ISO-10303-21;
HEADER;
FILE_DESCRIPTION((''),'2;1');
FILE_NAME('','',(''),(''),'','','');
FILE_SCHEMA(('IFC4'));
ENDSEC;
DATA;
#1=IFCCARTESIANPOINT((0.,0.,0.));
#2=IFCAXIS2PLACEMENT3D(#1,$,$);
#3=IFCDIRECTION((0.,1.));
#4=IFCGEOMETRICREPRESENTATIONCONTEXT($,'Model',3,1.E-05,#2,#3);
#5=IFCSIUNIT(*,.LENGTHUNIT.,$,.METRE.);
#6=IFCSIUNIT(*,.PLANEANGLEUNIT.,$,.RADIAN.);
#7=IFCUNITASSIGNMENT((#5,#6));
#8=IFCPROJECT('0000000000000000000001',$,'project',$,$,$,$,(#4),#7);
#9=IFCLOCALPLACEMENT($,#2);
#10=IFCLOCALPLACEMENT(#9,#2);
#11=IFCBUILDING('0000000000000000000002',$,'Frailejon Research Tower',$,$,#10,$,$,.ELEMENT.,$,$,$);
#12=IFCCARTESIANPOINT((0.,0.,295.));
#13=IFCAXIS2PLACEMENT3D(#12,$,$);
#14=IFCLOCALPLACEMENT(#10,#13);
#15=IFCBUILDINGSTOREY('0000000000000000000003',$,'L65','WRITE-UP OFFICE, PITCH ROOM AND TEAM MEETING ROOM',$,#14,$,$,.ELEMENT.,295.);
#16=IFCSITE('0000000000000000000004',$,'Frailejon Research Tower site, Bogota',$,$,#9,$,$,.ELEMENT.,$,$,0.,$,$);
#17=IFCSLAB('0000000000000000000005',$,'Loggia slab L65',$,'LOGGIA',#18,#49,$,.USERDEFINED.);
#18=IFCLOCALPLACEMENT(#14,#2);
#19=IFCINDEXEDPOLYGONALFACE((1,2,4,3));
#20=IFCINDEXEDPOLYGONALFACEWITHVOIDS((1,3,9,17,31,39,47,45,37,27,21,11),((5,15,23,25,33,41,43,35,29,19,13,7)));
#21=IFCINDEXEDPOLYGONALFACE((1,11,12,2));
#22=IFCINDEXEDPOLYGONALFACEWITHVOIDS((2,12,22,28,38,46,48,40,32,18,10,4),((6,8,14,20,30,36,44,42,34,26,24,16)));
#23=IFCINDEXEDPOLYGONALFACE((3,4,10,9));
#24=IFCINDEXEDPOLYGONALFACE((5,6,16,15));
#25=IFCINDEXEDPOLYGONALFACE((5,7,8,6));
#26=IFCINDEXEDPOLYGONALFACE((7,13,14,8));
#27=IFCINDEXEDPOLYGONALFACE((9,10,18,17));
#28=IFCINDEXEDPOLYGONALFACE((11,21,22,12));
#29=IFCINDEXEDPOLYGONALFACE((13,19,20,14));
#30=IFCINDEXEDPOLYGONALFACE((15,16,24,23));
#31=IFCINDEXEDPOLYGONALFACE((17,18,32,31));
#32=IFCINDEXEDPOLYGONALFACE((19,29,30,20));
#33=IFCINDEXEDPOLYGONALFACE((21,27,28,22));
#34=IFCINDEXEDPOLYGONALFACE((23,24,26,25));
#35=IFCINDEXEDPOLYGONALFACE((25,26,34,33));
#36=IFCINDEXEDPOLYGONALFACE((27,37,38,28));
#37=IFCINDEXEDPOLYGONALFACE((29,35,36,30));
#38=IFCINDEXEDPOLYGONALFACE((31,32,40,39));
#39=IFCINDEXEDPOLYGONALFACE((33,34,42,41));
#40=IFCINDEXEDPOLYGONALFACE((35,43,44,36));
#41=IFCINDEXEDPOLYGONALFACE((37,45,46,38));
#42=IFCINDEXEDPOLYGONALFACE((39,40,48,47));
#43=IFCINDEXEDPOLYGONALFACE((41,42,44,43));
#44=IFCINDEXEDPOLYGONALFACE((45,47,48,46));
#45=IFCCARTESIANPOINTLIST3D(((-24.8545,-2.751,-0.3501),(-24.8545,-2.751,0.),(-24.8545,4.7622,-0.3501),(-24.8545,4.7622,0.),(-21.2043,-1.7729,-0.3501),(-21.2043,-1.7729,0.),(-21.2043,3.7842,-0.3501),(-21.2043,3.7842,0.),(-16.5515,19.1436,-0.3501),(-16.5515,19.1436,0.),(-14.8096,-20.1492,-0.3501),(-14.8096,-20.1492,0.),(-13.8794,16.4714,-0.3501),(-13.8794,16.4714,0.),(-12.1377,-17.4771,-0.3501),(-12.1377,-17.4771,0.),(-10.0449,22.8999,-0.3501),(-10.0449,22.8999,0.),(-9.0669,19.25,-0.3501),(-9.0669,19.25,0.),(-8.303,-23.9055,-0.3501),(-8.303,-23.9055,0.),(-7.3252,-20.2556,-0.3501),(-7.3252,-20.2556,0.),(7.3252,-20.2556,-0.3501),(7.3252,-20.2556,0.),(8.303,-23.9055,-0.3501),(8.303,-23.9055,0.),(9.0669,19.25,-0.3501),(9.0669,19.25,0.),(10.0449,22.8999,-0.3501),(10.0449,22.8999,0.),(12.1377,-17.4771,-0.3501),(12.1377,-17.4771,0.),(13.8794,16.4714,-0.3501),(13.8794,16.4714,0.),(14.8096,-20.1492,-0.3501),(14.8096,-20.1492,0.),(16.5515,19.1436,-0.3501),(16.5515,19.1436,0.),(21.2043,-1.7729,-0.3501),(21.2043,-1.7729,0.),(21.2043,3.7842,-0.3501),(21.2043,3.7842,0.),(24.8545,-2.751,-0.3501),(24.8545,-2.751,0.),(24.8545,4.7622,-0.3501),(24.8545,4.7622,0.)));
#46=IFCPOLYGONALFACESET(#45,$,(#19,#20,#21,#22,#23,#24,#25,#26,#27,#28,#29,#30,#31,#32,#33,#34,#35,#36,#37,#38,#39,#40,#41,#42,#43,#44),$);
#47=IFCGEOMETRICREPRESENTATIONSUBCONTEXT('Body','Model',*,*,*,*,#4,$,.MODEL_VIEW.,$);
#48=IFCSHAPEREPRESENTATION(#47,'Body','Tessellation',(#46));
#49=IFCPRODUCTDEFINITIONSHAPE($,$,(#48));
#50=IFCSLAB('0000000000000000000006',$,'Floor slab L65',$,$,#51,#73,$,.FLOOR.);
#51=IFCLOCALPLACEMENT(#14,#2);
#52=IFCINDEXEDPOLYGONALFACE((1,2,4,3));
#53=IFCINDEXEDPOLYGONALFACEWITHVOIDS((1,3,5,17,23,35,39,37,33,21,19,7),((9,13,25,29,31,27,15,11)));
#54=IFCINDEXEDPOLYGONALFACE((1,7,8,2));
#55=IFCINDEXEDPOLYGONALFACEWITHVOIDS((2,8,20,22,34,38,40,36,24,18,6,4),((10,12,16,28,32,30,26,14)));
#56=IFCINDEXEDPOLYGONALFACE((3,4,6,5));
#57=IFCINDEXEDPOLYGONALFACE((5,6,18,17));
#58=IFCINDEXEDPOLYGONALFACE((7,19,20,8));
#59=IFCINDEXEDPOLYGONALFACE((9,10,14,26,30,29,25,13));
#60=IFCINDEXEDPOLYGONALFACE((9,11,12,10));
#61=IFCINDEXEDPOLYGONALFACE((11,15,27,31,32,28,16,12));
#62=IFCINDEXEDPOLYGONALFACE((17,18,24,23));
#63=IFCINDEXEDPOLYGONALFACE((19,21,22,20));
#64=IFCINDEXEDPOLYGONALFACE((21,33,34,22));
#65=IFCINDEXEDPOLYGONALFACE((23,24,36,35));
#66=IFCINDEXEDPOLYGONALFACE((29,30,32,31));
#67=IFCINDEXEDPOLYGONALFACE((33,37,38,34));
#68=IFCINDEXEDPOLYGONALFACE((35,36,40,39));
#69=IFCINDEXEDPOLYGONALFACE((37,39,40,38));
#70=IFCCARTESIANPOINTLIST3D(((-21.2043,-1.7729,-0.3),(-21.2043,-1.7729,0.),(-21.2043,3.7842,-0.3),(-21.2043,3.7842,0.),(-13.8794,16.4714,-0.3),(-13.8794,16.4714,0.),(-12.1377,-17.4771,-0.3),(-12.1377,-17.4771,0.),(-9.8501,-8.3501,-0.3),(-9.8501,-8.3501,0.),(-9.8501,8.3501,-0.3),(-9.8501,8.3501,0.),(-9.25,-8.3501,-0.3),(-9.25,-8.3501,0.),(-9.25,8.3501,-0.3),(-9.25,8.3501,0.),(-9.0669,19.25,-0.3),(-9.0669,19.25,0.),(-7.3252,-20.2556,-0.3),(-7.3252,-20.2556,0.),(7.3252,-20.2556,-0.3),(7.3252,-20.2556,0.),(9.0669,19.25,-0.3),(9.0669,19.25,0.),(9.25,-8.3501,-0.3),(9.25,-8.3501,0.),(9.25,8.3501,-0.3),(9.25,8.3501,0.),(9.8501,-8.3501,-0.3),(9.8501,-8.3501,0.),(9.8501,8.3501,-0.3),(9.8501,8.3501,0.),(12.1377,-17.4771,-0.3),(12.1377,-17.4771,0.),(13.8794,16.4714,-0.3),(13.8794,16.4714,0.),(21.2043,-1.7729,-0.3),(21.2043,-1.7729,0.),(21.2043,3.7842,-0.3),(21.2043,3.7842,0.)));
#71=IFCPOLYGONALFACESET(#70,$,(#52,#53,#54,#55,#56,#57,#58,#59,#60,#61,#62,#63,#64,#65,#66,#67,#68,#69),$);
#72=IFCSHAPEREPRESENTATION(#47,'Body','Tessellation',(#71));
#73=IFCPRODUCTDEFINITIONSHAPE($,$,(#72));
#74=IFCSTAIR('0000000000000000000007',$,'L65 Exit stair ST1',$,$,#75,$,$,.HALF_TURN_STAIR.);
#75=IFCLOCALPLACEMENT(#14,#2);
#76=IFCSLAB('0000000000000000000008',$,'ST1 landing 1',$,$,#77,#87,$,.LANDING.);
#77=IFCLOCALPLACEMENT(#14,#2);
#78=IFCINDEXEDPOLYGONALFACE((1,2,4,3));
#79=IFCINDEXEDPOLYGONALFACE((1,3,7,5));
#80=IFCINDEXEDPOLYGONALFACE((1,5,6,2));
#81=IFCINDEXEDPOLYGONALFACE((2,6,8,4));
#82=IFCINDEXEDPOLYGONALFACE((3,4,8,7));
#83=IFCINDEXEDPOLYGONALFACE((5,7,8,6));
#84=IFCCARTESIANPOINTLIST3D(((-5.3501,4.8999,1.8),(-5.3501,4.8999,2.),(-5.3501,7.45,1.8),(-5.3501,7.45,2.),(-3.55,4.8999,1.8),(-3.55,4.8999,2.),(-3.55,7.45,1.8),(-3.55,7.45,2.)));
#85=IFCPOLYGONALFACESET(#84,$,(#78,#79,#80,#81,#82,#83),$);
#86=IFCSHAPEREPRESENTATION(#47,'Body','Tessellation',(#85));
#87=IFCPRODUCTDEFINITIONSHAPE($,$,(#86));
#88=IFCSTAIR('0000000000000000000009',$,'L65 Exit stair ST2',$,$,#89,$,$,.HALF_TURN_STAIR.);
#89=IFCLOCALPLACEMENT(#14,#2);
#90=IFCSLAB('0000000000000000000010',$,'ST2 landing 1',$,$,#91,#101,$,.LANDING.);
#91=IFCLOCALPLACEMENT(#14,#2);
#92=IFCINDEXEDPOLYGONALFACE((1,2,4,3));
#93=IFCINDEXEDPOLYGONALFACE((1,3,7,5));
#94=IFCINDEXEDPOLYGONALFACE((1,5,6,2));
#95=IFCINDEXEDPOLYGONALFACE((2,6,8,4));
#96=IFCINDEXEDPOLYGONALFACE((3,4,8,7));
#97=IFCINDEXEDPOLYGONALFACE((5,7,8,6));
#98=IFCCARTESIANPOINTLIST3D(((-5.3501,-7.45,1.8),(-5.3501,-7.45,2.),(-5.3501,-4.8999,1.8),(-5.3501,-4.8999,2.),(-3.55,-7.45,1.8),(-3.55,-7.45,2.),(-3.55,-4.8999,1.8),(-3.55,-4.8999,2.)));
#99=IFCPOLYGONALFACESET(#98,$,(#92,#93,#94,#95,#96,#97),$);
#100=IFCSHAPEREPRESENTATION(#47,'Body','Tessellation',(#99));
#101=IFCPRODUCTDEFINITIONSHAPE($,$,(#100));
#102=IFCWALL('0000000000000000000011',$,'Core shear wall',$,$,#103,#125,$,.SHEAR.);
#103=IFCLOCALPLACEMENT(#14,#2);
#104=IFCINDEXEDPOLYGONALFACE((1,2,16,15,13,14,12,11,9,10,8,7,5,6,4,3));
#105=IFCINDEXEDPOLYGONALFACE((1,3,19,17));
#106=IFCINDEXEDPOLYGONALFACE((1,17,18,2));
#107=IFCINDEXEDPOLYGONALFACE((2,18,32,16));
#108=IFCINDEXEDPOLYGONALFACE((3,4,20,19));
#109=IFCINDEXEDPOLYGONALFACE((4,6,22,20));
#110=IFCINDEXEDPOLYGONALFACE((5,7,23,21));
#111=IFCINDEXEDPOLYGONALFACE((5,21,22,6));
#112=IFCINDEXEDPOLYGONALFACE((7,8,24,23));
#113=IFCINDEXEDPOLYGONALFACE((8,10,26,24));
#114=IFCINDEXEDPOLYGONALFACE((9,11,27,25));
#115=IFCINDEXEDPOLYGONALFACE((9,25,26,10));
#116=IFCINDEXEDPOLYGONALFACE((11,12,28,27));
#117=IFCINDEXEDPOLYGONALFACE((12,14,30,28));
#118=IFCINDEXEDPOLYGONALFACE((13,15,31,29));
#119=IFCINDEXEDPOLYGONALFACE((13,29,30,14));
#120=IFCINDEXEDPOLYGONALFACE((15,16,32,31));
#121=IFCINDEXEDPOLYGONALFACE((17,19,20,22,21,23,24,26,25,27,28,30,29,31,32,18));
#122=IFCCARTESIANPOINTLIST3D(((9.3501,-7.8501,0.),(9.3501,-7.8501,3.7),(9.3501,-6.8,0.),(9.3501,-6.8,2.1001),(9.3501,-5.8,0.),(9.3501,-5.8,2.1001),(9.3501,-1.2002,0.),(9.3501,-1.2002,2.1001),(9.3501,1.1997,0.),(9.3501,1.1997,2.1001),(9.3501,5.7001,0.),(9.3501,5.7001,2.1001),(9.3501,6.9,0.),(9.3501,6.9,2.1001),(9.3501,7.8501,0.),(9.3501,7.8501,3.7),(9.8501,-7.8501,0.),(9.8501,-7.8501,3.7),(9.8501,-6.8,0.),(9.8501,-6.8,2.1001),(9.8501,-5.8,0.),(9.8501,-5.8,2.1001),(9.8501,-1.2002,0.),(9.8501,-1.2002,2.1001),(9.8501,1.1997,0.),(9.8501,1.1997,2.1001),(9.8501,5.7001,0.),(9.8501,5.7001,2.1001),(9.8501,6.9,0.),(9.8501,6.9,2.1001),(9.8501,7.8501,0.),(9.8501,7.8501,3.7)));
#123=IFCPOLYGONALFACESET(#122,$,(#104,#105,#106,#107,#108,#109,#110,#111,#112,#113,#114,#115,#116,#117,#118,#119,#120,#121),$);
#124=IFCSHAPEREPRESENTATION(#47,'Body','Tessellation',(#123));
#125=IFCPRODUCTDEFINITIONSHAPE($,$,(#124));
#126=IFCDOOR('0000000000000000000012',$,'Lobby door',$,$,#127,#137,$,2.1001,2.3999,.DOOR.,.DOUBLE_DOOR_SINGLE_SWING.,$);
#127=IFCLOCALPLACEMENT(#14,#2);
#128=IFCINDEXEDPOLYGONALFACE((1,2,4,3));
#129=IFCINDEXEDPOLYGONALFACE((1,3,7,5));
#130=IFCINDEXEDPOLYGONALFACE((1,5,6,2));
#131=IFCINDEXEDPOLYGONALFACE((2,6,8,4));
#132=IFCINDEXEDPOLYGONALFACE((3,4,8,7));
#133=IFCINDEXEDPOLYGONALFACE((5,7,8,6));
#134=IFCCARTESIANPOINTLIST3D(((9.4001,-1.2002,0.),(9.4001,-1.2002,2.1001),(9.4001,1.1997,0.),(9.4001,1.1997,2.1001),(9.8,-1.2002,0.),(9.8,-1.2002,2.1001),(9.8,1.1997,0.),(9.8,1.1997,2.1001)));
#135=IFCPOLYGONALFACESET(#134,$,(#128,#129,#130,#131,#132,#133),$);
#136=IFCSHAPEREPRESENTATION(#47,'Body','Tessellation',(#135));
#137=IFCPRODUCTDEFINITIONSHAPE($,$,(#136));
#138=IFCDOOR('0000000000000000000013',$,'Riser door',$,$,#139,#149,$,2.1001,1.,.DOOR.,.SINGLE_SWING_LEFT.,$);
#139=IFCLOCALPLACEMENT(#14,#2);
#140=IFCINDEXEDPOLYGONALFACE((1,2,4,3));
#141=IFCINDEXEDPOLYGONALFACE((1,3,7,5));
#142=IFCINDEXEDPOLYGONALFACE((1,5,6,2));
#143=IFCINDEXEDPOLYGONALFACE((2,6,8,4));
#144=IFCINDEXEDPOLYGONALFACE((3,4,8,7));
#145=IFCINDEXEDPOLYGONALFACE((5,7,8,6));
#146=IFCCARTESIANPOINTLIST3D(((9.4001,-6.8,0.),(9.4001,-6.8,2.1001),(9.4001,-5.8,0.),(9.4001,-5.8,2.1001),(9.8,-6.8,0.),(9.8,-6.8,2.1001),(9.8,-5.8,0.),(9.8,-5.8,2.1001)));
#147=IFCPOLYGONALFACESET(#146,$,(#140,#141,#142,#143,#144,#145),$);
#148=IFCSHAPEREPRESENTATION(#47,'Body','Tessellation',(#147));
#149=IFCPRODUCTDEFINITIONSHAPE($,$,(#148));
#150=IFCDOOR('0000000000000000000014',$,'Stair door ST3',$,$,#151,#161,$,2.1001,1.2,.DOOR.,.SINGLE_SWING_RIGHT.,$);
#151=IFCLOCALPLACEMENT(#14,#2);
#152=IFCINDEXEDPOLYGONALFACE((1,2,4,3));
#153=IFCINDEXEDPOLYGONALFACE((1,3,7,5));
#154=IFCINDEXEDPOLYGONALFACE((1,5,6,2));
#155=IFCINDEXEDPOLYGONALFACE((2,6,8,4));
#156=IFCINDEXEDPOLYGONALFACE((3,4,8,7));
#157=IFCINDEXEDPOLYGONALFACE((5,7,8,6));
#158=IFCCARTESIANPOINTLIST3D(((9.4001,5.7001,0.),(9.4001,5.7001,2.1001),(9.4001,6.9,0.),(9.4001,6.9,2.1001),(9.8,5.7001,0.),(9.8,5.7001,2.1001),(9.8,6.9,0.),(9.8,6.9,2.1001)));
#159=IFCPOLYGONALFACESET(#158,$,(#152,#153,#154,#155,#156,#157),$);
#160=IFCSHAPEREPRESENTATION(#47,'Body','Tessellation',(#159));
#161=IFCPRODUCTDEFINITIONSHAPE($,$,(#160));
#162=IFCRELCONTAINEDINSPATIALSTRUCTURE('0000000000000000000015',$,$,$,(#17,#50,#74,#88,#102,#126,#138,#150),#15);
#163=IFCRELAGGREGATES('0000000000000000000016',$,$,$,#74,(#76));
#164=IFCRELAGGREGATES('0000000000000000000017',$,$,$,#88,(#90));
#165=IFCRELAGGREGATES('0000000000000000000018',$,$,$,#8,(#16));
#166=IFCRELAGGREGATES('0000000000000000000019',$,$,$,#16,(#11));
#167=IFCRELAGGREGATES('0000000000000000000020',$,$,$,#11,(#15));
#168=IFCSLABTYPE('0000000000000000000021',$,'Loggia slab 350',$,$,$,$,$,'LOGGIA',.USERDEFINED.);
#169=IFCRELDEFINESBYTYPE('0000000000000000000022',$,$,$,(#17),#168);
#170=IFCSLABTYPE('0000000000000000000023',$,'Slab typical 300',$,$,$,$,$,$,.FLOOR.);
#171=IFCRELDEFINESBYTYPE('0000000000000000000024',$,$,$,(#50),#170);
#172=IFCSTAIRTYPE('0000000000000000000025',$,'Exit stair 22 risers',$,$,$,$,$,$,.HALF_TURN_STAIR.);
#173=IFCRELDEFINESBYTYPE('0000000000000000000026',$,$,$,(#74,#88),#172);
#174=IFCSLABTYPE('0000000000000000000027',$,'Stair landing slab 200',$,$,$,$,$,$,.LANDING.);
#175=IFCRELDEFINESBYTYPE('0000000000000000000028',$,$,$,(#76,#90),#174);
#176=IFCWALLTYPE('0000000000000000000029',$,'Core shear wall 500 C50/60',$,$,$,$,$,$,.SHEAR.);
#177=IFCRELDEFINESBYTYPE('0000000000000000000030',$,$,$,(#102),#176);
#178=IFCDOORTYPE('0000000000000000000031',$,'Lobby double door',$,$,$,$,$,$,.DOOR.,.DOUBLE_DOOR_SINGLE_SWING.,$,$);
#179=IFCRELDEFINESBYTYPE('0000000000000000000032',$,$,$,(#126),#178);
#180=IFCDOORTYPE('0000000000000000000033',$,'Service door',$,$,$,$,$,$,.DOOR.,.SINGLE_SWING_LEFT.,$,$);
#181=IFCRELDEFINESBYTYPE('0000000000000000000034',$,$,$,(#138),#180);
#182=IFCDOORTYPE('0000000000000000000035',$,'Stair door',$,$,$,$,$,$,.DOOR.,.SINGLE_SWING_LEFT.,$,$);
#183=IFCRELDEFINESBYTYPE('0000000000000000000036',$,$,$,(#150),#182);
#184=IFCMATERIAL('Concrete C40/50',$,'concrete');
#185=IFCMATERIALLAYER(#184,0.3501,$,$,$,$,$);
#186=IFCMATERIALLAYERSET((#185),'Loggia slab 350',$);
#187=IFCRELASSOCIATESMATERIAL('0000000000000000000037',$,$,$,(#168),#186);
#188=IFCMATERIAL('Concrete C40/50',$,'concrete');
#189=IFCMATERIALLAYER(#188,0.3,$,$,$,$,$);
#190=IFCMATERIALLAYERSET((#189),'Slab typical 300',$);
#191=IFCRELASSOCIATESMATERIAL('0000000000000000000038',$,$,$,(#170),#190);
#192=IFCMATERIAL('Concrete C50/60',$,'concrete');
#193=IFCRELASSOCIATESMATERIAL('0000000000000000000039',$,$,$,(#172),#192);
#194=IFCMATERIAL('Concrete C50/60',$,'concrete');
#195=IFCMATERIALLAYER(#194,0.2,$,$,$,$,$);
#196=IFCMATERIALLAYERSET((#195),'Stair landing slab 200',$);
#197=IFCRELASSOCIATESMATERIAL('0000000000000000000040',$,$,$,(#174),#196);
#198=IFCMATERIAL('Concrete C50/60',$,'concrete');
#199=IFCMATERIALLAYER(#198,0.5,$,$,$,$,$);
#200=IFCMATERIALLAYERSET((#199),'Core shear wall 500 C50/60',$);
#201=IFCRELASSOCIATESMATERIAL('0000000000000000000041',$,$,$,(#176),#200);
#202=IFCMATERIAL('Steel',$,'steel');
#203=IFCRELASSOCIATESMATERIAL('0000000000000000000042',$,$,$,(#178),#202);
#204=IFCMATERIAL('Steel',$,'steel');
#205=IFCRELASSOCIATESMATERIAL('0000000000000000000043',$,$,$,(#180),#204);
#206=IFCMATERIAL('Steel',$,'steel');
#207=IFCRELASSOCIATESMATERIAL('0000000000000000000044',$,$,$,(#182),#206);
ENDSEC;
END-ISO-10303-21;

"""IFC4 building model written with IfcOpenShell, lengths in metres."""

from ifc_helpers import new_model, si_unit, direction, frame, frame_2d, origin, place, context, subcontext, project, spatial, polyline, rectangle, outline, extrude, material, layer, layer_set, type_object, element, fill, aggregate, save


model = new_model("IFC4")

# Units and contexts
model_context = context("Model", 3, precision=1e-05, world=origin(), true_north=direction((0.0, 1.0)))
body_context = subcontext(model_context, "Body", "Model", "MODEL_VIEW")
ifc_project = project(units=[si_unit("LENGTHUNIT", "METRE"), si_unit("PLANEANGLEUNIT", "RADIAN")], contexts=[model_context])

# Site, building, storey
site_placement = place(None, origin())
site = spatial("IfcSite", under=ifc_project, at=site_placement, Name="Frailejon Research Tower site, Bogota", CompositionType="ELEMENT", RefElevation=0.0)
building_placement = place(site_placement, origin())
building = spatial("IfcBuilding", under=site, at=building_placement, Name="Frailejon Research Tower", CompositionType="ELEMENT")
storey_placement = place(building_placement, frame((0.0, 0.0, 295.0)))
storey = spatial("IfcBuildingStorey", under=building, at=storey_placement, Name="L65", Description="WRITE-UP OFFICE, PITCH ROOM AND TEAM MEETING ROOM", CompositionType="ELEMENT", Elevation=295.0)

# Slabs
ifc_material_1 = material(Name="Concrete C40/50", Category="concrete")
ifc_layer_1 = layer(ifc_material_1, 0.3501)
ifc_layer_set_1 = layer_set([ifc_layer_1], Name="Loggia slab 350")
slab_type_1 = type_object("IfcSlabType", Name="Loggia slab 350", ElementType="LOGGIA", PredefinedType="USERDEFINED", material=ifc_layer_set_1)
slab_1_placement = place(storey_placement, frame((0.0, 0.0, -0.3501)))
element("IfcSlab", 1, at=slab_1_placement, inside=storey, type_object=slab_type_1, Name="Loggia slab L65", ObjectType="LOGGIA", PredefinedType="USERDEFINED", context=body_context, shape_type="SweptSolid", body=[
    extrude(outline(polyline([(14.8096, -20.1492), (8.303, -23.9055), (-8.303, -23.9055), (-14.8096, -20.1492), (-24.8545, -2.751), (-24.8545, 4.7622), (-16.5515, 19.1436), (-10.0449, 22.8999), (10.0449, 22.8999), (16.5515, 19.1436), (24.8545, 4.7622), (24.8545, -2.751), (14.8096, -20.1492)]), holes=[polyline([(21.2043, 3.7842), (13.8794, 16.4714), (9.0669, 19.25), (-9.0669, 19.25), (-13.8794, 16.4714), (-21.2043, 3.7842), (-21.2043, -1.7729), (-12.1377, -17.4771), (-7.3252, -20.2556), (7.3252, -20.2556), (12.1377, -17.4771), (21.2043, -1.7729), (21.2043, 3.7842)])]), origin(), (0.0, 0.0, 1.0), 0.3501),
])
ifc_material_2 = material(Name="Concrete C40/50", Category="concrete")
ifc_layer_2 = layer(ifc_material_2, 0.3)
ifc_layer_set_2 = layer_set([ifc_layer_2], Name="Slab typical 300")
slab_type_2 = type_object("IfcSlabType", Name="Slab typical 300", PredefinedType="FLOOR", material=ifc_layer_set_2)
slab_2_placement = place(storey_placement, frame((0.0, 0.0, -0.3)))
element("IfcSlab", 2, at=slab_2_placement, inside=storey, type_object=slab_type_2, Name="Floor slab L65", PredefinedType="FLOOR", context=body_context, shape_type="SweptSolid", body=[
    extrude(outline(polyline([(21.2043, -1.7729), (21.2043, 3.7842), (13.8794, 16.4714), (9.0669, 19.25), (-9.0669, 19.25), (-13.8794, 16.4714), (-21.2043, 3.7842), (-21.2043, -1.7729), (-12.1377, -17.4771), (-7.3252, -20.2556), (7.3252, -20.2556), (12.1377, -17.4771), (21.2043, -1.7729)]), holes=[polyline([(9.25, 8.3501), (9.8501, 8.3501), (9.8501, -8.3501), (9.25, -8.3501), (-9.25, -8.3501), (-9.8501, -8.3501), (-9.8501, 8.3501), (-9.25, 8.3501), (9.25, 8.3501)])]), origin(), (0.0, 0.0, 1.0), 0.3),
])

# Stairs, slabs
ifc_material_3 = material(Name="Concrete C50/60", Category="concrete")
stair_type = type_object("IfcStairType", Name="Exit stair 22 risers", PredefinedType="HALF_TURN_STAIR", material=ifc_material_3)
stair_1_placement = place(storey_placement, origin())
stair_1 = element("IfcStair", 3, at=stair_1_placement, inside=storey, type_object=stair_type, Name="L65 Exit stair ST1", PredefinedType="HALF_TURN_STAIR")
ifc_material_4 = material(Name="Concrete C50/60", Category="concrete")
ifc_layer_3 = layer(ifc_material_4, 0.2)
ifc_layer_set_3 = layer_set([ifc_layer_3], Name="Stair landing slab 200")
slab_type_3 = type_object("IfcSlabType", Name="Stair landing slab 200", PredefinedType="LANDING", material=ifc_layer_set_3)
slab_3_placement = place(storey_placement, frame((0.0, 0.0, 1.8)))
slab_3 = element("IfcSlab", 4, at=slab_3_placement, type_object=slab_type_3, Name="ST1 landing 1", PredefinedType="LANDING", context=body_context, shape_type="SweptSolid", body=[
    extrude(outline(polyline([(-5.3501, 4.8999), (-3.55, 4.8999), (-3.55, 7.45), (-5.3501, 7.45), (-5.3501, 4.8999)])), origin(), (0.0, 0.0, 1.0), 0.2),
])
aggregate(stair_1, [slab_3])
stair_2_placement = place(storey_placement, origin())
stair_2 = element("IfcStair", 5, at=stair_2_placement, inside=storey, type_object=stair_type, Name="L65 Exit stair ST2", PredefinedType="HALF_TURN_STAIR")
slab_4_placement = place(storey_placement, frame((0.0, 0.0, 1.8)))
slab_4 = element("IfcSlab", 6, at=slab_4_placement, type_object=slab_type_3, Name="ST2 landing 1", PredefinedType="LANDING", context=body_context, shape_type="SweptSolid", body=[
    extrude(outline(polyline([(-5.3501, -7.45), (-3.55, -7.45), (-3.55, -4.8999), (-5.3501, -4.8999), (-5.3501, -7.45)])), origin(), (0.0, 0.0, 1.0), 0.2),
])
aggregate(stair_2, [slab_4])

# Wall, openings, doors
ifc_material_5 = material(Name="Concrete C50/60", Category="concrete")
ifc_layer_4 = layer(ifc_material_5, 0.5)
ifc_layer_set_4 = layer_set([ifc_layer_4], Name="Core shear wall 500 C50/60")
wall_type_1 = type_object("IfcWallType", Name="Core shear wall 500 C50/60", PredefinedType="SHEAR", material=ifc_layer_set_4)
wall_1_placement = place(storey_placement, frame((9.6001, -7.8501, 0.0), z_axis=(0.0, 0.0, 1.0), x_axis=(0.0, 1.0, 0.0)))
wall_1 = element("IfcWall", 7, at=wall_1_placement, inside=storey, type_object=wall_type_1, Name="Core shear wall", PredefinedType="SHEAR", context=body_context, shape_type="SweptSolid", body=[
    extrude(rectangle(XDim=15.7002, YDim=0.5, at=frame_2d((7.8501, 0.0))), origin(), (0.0, 0.0, 1.0), 3.7),
])
opening_1_placement = place(wall_1_placement, frame((6.6499, 0.0, 0.0)))
opening_1 = element("IfcOpeningElement", 8, at=opening_1_placement, cuts=wall_1, PredefinedType="OPENING", context=body_context, shape_type="SweptSolid", body=[
    extrude(rectangle(XDim=2.3999, YDim=2.1001, at=frame_2d((1.2, 1.05))), frame((0.0, 0.26, 0.0), z_axis=(0.0, -1.0, 0.0), x_axis=(1.0, 0.0, 0.0)), (0.0, 0.0, 1.0), 0.52),
])
opening_2_placement = place(wall_1_placement, frame((13.55, 0.0, 0.0)))
opening_2 = element("IfcOpeningElement", 9, at=opening_2_placement, cuts=wall_1, PredefinedType="OPENING", context=body_context, shape_type="SweptSolid", body=[
    extrude(rectangle(XDim=1.2, YDim=2.1001, at=frame_2d((0.6001, 1.05))), frame((0.0, 0.26, 0.0), z_axis=(0.0, -1.0, 0.0), x_axis=(1.0, 0.0, 0.0)), (0.0, 0.0, 1.0), 0.52),
])
opening_3_placement = place(wall_1_placement, frame((1.05, 0.0, 0.0)))
opening_3 = element("IfcOpeningElement", 10, at=opening_3_placement, cuts=wall_1, PredefinedType="OPENING", context=body_context, shape_type="SweptSolid", body=[
    extrude(rectangle(XDim=1.0, YDim=2.1001, at=frame_2d((0.5, 1.05))), frame((0.0, 0.26, 0.0), z_axis=(0.0, -1.0, 0.0), x_axis=(1.0, 0.0, 0.0)), (0.0, 0.0, 1.0), 0.52),
])
ifc_material_6 = material(Name="Steel", Category="steel")
door_type_1 = type_object("IfcDoorType", Name="Lobby double door", OperationType="DOUBLE_DOOR_SINGLE_SWING", PredefinedType="DOOR", material=ifc_material_6)
door_1_placement = place(opening_1_placement, origin())
door_1 = element("IfcDoor", 11, at=door_1_placement, inside=storey, type_object=door_type_1, Name="Lobby door", OperationType="DOUBLE_DOOR_SINGLE_SWING", OverallHeight=2.1001, OverallWidth=2.3999, PredefinedType="DOOR", context=body_context, shape_type="SweptSolid", body=[
    extrude(rectangle(XDim=2.3999, YDim=2.1001, at=frame_2d((1.2, 1.05))), frame((0.0, 0.2, 0.0), z_axis=(0.0, -1.0, 0.0), x_axis=(1.0, 0.0, 0.0)), (0.0, 0.0, 1.0), 0.3999),
])
fill(opening_1, door_1)
ifc_material_7 = material(Name="Steel", Category="steel")
door_type_2 = type_object("IfcDoorType", Name="Service door", OperationType="SINGLE_SWING_LEFT", PredefinedType="DOOR", material=ifc_material_7)
door_2_placement = place(opening_3_placement, origin())
door_2 = element("IfcDoor", 12, at=door_2_placement, inside=storey, type_object=door_type_2, Name="Riser door", OperationType="SINGLE_SWING_LEFT", OverallHeight=2.1001, OverallWidth=1.0, PredefinedType="DOOR", context=body_context, shape_type="SweptSolid", body=[
    extrude(rectangle(XDim=1.0, YDim=2.1001, at=frame_2d((0.5, 1.05))), frame((0.0, 0.2, 0.0), z_axis=(0.0, -1.0, 0.0), x_axis=(1.0, 0.0, 0.0)), (0.0, 0.0, 1.0), 0.3999),
])
fill(opening_3, door_2)
ifc_material_8 = material(Name="Steel", Category="steel")
door_type_3 = type_object("IfcDoorType", Name="Stair door", OperationType="SINGLE_SWING_LEFT", PredefinedType="DOOR", material=ifc_material_8)
door_3_placement = place(opening_2_placement, origin())
door_3 = element("IfcDoor", 13, at=door_3_placement, inside=storey, type_object=door_type_3, Name="Stair door ST3", OperationType="SINGLE_SWING_RIGHT", OverallHeight=2.1001, OverallWidth=1.2, PredefinedType="DOOR", context=body_context, shape_type="SweptSolid", body=[
    extrude(rectangle(XDim=1.2, YDim=2.1001, at=frame_2d((0.6001, 1.05))), frame((0.0, 0.2, 0.0), z_axis=(0.0, -1.0, 0.0), x_axis=(1.0, 0.0, 0.0)), (0.0, 0.0, 1.0), 0.3999),
])
fill(opening_2, door_3)

save(model, "model.ifc")
